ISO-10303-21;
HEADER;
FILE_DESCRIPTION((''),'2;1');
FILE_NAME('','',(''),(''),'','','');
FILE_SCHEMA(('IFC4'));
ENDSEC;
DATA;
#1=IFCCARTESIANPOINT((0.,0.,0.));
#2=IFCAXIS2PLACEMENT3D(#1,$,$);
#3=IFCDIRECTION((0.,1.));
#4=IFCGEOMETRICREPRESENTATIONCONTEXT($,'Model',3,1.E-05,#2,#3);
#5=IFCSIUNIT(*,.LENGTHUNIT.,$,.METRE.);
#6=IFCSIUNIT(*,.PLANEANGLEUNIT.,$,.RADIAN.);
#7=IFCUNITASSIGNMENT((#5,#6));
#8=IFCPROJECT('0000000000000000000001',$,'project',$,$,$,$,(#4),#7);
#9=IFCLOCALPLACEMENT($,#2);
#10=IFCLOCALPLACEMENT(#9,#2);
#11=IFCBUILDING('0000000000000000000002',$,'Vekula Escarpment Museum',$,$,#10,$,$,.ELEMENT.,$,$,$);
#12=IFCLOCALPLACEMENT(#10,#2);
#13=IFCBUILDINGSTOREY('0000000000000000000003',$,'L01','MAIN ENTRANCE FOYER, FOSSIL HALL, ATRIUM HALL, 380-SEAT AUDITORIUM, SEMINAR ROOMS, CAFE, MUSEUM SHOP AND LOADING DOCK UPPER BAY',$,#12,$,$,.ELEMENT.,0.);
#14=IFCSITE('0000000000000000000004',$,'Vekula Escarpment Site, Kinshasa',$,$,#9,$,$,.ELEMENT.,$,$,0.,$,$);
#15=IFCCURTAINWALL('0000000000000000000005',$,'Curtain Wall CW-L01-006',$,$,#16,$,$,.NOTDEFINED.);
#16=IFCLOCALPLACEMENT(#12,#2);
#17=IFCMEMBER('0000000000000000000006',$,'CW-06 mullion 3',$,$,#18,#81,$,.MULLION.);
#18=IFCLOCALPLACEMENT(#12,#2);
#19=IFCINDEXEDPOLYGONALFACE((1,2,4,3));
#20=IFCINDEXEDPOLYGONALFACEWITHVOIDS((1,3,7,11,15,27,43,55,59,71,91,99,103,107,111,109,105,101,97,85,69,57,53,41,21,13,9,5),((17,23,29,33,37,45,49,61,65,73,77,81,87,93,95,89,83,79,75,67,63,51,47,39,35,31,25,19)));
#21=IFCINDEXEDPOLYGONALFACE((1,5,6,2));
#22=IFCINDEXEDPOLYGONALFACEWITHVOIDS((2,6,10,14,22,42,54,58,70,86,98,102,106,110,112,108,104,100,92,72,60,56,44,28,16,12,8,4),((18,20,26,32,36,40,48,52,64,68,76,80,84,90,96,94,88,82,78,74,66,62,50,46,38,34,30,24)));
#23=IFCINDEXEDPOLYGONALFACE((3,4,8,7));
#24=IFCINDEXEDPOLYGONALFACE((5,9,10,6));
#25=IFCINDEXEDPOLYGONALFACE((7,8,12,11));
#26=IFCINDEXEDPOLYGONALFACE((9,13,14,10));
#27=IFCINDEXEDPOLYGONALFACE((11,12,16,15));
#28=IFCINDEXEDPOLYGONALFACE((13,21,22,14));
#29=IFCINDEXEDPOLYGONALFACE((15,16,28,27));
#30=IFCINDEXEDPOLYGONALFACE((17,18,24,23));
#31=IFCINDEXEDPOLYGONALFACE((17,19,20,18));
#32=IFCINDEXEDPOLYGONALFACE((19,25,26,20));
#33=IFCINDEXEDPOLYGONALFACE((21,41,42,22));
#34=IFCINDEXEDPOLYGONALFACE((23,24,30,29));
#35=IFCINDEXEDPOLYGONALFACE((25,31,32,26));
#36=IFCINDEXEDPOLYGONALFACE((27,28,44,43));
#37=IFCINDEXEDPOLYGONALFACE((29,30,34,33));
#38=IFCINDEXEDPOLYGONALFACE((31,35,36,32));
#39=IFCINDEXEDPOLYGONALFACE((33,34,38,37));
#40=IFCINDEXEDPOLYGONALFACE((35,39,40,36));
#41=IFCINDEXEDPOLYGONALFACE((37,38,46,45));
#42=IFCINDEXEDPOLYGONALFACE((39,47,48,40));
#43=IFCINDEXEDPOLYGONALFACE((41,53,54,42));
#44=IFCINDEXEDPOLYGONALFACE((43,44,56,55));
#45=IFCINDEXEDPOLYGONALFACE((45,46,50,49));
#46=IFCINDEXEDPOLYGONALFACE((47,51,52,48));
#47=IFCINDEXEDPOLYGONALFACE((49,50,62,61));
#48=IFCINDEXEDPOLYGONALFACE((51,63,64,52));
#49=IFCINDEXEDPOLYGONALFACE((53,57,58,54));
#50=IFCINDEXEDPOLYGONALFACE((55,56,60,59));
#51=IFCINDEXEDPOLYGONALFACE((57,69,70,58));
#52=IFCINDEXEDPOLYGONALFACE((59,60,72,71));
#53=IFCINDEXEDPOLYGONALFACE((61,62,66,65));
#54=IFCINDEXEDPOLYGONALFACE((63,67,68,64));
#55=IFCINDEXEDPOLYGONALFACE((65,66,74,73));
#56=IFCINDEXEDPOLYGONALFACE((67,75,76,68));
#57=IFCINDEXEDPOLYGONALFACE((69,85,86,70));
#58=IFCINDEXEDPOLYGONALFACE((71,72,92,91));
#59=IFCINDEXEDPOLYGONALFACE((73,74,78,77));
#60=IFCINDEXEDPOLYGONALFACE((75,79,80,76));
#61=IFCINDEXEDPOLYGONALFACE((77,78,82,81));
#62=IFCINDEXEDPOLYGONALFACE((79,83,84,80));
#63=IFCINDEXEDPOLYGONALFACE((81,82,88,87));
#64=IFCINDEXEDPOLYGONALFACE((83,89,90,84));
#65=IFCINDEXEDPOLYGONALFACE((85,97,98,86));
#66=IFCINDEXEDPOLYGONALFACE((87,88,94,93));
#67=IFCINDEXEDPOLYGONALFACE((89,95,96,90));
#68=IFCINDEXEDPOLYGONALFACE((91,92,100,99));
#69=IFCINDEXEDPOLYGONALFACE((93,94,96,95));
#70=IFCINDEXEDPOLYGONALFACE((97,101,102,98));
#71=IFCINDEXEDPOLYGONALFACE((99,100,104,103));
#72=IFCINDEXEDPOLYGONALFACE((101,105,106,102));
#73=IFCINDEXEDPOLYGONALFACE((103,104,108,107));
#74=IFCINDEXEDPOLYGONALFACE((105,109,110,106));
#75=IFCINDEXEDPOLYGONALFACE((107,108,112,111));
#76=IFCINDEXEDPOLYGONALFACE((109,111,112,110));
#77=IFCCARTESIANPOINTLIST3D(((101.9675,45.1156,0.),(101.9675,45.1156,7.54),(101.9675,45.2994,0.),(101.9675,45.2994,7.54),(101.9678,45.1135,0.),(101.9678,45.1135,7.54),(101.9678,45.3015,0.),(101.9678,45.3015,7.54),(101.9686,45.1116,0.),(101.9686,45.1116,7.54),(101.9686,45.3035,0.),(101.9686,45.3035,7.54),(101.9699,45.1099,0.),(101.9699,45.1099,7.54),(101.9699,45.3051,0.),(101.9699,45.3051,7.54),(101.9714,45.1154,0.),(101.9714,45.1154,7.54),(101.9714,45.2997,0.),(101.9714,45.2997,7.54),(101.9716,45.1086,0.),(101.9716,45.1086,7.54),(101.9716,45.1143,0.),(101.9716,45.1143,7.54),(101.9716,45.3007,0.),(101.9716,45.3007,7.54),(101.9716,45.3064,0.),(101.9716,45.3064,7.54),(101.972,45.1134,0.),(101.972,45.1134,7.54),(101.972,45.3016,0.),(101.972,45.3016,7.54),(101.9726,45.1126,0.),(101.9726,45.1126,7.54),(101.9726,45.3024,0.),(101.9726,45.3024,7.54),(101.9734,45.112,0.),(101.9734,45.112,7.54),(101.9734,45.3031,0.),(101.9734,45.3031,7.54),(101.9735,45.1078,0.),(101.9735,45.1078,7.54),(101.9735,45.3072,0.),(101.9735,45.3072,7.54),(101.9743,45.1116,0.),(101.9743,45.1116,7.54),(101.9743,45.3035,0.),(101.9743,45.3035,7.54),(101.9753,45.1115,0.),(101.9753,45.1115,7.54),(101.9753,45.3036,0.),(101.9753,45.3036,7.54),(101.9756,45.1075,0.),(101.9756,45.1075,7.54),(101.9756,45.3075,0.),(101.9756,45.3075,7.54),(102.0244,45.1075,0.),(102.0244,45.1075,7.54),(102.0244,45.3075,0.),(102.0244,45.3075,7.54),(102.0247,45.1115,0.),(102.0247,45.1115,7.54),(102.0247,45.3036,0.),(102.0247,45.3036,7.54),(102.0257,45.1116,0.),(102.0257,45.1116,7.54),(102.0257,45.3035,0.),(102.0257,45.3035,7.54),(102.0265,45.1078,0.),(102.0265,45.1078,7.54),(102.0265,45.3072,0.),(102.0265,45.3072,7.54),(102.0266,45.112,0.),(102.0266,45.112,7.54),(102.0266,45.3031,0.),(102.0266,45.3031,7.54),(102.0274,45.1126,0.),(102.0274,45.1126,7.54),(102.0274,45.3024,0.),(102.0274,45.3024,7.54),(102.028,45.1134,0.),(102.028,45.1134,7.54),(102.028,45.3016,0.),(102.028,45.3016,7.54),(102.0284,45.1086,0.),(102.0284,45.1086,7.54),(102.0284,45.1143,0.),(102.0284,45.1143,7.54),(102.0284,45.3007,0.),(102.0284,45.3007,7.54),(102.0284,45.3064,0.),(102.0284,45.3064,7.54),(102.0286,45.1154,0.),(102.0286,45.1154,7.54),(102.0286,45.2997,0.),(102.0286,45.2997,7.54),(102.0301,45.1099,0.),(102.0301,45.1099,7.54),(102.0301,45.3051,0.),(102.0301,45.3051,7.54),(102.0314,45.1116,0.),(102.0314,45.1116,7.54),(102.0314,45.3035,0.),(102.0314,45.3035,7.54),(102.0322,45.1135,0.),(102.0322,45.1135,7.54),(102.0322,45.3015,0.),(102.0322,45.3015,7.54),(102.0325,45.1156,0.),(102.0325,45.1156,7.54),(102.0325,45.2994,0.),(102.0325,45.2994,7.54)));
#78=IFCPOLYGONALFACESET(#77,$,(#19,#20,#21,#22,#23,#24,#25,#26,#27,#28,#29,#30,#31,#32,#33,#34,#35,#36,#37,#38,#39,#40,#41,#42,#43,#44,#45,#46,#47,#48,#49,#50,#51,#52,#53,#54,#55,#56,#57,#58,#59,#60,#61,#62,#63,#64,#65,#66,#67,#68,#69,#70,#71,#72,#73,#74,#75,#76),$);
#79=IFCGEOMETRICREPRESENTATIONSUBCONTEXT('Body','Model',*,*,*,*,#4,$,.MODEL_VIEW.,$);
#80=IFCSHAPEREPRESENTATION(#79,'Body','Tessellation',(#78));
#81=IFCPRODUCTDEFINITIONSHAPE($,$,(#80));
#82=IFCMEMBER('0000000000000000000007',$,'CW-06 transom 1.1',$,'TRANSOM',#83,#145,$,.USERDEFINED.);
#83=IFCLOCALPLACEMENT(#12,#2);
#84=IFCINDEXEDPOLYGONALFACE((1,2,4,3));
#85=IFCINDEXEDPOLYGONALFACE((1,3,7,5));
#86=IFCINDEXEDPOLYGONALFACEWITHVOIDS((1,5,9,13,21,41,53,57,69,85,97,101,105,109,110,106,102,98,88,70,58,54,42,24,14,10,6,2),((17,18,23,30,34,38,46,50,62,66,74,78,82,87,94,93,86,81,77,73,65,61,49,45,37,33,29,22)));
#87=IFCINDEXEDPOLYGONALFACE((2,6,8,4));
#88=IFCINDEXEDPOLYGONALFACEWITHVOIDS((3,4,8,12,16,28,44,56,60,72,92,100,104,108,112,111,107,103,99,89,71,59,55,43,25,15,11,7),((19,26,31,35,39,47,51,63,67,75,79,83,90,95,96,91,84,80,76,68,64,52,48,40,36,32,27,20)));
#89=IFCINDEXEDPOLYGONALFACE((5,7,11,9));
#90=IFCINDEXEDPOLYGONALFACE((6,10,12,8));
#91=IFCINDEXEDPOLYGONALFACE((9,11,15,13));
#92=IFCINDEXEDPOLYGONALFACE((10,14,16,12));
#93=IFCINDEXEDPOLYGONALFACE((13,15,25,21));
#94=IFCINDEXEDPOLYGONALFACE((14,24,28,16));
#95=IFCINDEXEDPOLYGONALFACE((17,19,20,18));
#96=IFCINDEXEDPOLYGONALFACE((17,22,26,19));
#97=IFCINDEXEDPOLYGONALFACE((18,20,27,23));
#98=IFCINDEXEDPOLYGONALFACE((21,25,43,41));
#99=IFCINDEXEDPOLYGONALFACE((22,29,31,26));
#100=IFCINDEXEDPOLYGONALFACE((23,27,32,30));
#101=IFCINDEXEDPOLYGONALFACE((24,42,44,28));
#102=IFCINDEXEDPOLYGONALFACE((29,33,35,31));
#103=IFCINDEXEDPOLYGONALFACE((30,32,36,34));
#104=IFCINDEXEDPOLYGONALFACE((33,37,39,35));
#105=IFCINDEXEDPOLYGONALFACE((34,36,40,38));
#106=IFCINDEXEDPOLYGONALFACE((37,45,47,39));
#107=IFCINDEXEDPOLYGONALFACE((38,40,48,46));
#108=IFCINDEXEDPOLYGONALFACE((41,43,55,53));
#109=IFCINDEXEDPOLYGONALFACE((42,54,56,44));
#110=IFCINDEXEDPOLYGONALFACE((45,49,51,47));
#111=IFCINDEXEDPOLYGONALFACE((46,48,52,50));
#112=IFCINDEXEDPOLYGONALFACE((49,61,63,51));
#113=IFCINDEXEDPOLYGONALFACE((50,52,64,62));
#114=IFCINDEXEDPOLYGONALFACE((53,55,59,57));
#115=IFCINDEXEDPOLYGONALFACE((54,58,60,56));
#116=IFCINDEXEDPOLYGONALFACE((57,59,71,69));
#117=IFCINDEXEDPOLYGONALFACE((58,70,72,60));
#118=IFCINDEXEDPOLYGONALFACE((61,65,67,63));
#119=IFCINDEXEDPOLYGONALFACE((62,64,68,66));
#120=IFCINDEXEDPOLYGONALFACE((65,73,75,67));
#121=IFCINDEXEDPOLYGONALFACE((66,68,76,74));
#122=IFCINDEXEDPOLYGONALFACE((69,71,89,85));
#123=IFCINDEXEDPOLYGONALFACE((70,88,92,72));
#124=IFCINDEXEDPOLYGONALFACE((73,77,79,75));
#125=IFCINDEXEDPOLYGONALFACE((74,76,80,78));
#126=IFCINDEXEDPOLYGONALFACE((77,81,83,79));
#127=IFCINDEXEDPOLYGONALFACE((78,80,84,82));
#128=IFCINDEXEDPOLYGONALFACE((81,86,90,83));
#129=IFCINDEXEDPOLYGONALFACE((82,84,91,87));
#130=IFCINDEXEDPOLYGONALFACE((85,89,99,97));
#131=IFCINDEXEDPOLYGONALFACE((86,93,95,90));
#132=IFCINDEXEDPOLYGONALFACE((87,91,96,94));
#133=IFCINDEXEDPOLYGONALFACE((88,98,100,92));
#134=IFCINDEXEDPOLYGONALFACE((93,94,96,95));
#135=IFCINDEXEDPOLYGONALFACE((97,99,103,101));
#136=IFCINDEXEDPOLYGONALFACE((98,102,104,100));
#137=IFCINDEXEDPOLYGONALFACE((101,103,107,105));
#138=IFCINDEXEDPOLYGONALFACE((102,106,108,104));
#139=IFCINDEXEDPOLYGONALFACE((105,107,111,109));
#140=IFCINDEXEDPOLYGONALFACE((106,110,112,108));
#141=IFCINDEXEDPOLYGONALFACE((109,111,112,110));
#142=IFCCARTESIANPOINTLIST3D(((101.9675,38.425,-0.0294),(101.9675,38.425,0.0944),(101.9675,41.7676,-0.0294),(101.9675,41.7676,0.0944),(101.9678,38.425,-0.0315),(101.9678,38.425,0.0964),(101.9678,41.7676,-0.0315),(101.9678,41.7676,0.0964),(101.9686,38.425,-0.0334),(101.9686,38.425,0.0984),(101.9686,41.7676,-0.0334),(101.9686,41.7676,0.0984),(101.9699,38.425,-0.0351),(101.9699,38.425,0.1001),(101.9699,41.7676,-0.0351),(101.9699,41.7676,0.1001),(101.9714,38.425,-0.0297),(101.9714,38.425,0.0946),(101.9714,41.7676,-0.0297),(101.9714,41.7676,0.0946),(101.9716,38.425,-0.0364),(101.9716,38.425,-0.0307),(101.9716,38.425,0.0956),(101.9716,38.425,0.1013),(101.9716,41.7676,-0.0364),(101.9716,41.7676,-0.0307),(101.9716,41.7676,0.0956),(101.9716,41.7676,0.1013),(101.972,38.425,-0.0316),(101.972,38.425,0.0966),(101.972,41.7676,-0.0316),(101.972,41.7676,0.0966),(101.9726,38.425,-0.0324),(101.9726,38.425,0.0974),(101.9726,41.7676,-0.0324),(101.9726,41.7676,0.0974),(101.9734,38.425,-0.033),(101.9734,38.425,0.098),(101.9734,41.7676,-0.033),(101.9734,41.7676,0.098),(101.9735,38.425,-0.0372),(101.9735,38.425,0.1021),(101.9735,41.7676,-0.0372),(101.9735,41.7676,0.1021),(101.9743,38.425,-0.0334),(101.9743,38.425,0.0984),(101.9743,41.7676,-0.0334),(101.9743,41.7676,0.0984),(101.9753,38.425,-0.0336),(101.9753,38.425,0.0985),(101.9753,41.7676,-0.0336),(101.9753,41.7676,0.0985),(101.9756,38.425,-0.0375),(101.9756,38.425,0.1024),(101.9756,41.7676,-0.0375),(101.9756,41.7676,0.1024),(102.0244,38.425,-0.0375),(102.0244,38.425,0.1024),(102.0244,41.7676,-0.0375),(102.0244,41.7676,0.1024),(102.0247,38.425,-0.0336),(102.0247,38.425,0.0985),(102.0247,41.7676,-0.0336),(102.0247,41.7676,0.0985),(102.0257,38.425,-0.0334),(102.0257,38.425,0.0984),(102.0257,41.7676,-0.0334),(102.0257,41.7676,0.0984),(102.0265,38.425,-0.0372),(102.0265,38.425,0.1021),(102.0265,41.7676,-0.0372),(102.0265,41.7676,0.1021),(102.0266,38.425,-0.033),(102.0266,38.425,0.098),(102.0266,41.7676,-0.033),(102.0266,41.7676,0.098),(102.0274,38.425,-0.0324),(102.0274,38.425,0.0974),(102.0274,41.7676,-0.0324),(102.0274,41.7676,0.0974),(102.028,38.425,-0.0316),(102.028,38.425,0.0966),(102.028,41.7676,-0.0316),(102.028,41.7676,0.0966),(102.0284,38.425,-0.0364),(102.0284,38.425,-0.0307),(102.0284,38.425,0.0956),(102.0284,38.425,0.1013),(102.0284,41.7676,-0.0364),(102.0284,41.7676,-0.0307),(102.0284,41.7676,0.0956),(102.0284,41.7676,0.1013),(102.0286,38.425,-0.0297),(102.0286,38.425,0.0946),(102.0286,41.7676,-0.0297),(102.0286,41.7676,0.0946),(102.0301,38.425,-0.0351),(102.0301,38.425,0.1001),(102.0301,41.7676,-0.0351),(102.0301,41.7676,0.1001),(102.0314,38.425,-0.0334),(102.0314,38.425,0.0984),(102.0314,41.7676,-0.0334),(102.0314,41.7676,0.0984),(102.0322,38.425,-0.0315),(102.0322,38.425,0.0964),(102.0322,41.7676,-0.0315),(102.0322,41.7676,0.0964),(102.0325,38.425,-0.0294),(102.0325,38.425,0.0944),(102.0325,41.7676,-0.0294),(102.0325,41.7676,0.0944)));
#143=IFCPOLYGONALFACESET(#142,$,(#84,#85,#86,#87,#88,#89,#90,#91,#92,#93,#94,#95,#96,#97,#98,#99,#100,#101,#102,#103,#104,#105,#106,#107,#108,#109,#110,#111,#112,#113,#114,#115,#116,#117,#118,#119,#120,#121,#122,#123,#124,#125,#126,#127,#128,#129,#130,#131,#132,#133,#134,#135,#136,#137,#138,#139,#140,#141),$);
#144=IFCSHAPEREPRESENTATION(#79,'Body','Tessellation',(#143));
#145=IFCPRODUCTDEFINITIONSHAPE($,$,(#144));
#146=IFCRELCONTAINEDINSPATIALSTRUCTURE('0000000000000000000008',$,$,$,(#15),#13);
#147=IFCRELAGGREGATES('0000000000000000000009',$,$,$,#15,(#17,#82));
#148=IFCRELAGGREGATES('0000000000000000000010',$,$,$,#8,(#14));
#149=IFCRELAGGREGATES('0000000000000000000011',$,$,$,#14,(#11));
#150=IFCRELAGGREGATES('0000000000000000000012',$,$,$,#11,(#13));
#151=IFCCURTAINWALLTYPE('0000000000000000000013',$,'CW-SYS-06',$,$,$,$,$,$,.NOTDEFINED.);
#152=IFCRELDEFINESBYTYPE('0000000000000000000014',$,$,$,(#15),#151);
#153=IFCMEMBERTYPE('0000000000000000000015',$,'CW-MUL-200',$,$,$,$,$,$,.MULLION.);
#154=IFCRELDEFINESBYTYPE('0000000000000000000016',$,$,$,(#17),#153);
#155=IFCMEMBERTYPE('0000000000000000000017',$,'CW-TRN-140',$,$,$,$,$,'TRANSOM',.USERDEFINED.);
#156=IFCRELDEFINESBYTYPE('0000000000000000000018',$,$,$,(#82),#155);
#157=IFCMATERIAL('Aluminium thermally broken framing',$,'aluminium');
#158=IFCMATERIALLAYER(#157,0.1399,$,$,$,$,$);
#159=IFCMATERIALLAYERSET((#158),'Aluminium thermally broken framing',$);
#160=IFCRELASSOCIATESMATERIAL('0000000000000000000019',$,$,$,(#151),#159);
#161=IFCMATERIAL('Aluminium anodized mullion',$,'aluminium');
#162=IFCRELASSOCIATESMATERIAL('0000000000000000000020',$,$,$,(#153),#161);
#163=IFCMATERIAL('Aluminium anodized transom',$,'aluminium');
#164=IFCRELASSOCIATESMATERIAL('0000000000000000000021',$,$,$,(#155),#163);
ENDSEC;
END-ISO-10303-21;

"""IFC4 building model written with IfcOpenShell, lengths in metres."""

from ifc_helpers import new_model, si_unit, direction, frame, origin, origin_2d, place, context, subcontext, project, spatial, hollow_rectangle, extrude, material, layer, layer_set, material_profile, profile_set, type_object, element, aggregate, save


model = new_model("IFC4")

# Units and contexts
model_context = context("Model", 3, precision=1e-05, world=origin(), true_north=direction((0.0, 1.0)))
body_context = subcontext(model_context, "Body", "Model", "MODEL_VIEW")
ifc_project = project(units=[si_unit("LENGTHUNIT", "METRE"), si_unit("PLANEANGLEUNIT", "RADIAN")], contexts=[model_context])

# Site, building, storey
site_placement = place(None, origin())
site = spatial("IfcSite", under=ifc_project, at=site_placement, Name="Vekula Escarpment Site, Kinshasa", CompositionType="ELEMENT", RefElevation=0.0)
building_placement = place(site_placement, origin())
building = spatial("IfcBuilding", under=site, at=building_placement, Name="Vekula Escarpment Museum", CompositionType="ELEMENT")
storey_placement = place(building_placement, origin())
storey = spatial("IfcBuildingStorey", under=building, at=storey_placement, Name="L01", Description="MAIN ENTRANCE FOYER, FOSSIL HALL, ATRIUM HALL, 380-SEAT AUDITORIUM, SEMINAR ROOMS, CAFE, MUSEUM SHOP AND LOADING DOCK UPPER BAY", CompositionType="ELEMENT", Elevation=0.0)

# Curtain wall, members
ifc_material_1 = material(Name="Aluminium thermally broken framing", Category="aluminium")
ifc_layer_1 = layer(ifc_material_1, 0.1399)
ifc_layer_set_1 = layer_set([ifc_layer_1], Name="Aluminium thermally broken framing")
curtain_wall_type = type_object("IfcCurtainWallType", Name="CW-SYS-06", PredefinedType="NOTDEFINED", material=ifc_layer_set_1)
curtain_wall_placement = place(storey_placement, origin())
curtain_wall = element("IfcCurtainWall", 1, at=curtain_wall_placement, inside=storey, type_object=curtain_wall_type, Name="Curtain Wall CW-L01-006", PredefinedType="NOTDEFINED")
ifc_material_2 = material(Name="Aluminium anodized mullion", Category="aluminium")
ifc_material_profile_1 = material_profile(ifc_material_2, hollow_rectangle(XDim=0.0649, YDim=0.2, WallThickness=0.0039, InnerFilletRadius=0.0039, OuterFilletRadius=0.0081, at=origin_2d()), Name="ALU 200x65x4")
ifc_profile_set_1 = profile_set([ifc_material_profile_1], Name="Aluminium anodized mullion")
member_type_1 = type_object("IfcMemberType", Name="CW-MUL-200", PredefinedType="MULLION", material=ifc_profile_set_1)
member_1_placement = place(storey_placement, frame((102.0, 45.2075, 0.0), z_axis=(0.0, 0.0, 1.0), x_axis=(-1.0, 0.0, 0.0)))
member_1 = element("IfcMember", 2, at=member_1_placement, type_object=member_type_1, Name="CW-06 mullion 3", PredefinedType="MULLION", context=body_context, shape_type="SweptSolid", body=[
    extrude(hollow_rectangle(XDim=0.0649, YDim=0.2, WallThickness=0.0039, InnerFilletRadius=0.0039, OuterFilletRadius=0.0081, at=origin_2d()), origin(), (0.0, 0.0, 1.0), 7.54),
])
ifc_material_3 = material(Name="Aluminium anodized transom", Category="aluminium")
ifc_material_profile_2 = material_profile(ifc_material_3, hollow_rectangle(XDim=0.0649, YDim=0.1399, WallThickness=0.0039, InnerFilletRadius=0.0039, OuterFilletRadius=0.0081, at=origin_2d()), Name="ALU 140x65x4")
ifc_profile_set_2 = profile_set([ifc_material_profile_2], Name="Aluminium anodized transom")
member_type_2 = type_object("IfcMemberType", Name="CW-TRN-140", ElementType="TRANSOM", PredefinedType="USERDEFINED", material=ifc_profile_set_2)
member_2_placement = place(storey_placement, frame((102.0, 38.425, 0.0325), z_axis=(0.0, 1.0, 0.0), x_axis=(-1.0, 0.0, 0.0)))
member_2 = element("IfcMember", 3, at=member_2_placement, type_object=member_type_2, Name="CW-06 transom 1.1", ObjectType="TRANSOM", PredefinedType="USERDEFINED", context=body_context, shape_type="SweptSolid", body=[
    extrude(hollow_rectangle(XDim=0.0649, YDim=0.1399, WallThickness=0.0039, InnerFilletRadius=0.0039, OuterFilletRadius=0.0081, at=origin_2d()), origin(), (0.0, 0.0, 1.0), 3.3425),
])

aggregate(curtain_wall, [member_1, member_2])

save(model, "model.ifc")
